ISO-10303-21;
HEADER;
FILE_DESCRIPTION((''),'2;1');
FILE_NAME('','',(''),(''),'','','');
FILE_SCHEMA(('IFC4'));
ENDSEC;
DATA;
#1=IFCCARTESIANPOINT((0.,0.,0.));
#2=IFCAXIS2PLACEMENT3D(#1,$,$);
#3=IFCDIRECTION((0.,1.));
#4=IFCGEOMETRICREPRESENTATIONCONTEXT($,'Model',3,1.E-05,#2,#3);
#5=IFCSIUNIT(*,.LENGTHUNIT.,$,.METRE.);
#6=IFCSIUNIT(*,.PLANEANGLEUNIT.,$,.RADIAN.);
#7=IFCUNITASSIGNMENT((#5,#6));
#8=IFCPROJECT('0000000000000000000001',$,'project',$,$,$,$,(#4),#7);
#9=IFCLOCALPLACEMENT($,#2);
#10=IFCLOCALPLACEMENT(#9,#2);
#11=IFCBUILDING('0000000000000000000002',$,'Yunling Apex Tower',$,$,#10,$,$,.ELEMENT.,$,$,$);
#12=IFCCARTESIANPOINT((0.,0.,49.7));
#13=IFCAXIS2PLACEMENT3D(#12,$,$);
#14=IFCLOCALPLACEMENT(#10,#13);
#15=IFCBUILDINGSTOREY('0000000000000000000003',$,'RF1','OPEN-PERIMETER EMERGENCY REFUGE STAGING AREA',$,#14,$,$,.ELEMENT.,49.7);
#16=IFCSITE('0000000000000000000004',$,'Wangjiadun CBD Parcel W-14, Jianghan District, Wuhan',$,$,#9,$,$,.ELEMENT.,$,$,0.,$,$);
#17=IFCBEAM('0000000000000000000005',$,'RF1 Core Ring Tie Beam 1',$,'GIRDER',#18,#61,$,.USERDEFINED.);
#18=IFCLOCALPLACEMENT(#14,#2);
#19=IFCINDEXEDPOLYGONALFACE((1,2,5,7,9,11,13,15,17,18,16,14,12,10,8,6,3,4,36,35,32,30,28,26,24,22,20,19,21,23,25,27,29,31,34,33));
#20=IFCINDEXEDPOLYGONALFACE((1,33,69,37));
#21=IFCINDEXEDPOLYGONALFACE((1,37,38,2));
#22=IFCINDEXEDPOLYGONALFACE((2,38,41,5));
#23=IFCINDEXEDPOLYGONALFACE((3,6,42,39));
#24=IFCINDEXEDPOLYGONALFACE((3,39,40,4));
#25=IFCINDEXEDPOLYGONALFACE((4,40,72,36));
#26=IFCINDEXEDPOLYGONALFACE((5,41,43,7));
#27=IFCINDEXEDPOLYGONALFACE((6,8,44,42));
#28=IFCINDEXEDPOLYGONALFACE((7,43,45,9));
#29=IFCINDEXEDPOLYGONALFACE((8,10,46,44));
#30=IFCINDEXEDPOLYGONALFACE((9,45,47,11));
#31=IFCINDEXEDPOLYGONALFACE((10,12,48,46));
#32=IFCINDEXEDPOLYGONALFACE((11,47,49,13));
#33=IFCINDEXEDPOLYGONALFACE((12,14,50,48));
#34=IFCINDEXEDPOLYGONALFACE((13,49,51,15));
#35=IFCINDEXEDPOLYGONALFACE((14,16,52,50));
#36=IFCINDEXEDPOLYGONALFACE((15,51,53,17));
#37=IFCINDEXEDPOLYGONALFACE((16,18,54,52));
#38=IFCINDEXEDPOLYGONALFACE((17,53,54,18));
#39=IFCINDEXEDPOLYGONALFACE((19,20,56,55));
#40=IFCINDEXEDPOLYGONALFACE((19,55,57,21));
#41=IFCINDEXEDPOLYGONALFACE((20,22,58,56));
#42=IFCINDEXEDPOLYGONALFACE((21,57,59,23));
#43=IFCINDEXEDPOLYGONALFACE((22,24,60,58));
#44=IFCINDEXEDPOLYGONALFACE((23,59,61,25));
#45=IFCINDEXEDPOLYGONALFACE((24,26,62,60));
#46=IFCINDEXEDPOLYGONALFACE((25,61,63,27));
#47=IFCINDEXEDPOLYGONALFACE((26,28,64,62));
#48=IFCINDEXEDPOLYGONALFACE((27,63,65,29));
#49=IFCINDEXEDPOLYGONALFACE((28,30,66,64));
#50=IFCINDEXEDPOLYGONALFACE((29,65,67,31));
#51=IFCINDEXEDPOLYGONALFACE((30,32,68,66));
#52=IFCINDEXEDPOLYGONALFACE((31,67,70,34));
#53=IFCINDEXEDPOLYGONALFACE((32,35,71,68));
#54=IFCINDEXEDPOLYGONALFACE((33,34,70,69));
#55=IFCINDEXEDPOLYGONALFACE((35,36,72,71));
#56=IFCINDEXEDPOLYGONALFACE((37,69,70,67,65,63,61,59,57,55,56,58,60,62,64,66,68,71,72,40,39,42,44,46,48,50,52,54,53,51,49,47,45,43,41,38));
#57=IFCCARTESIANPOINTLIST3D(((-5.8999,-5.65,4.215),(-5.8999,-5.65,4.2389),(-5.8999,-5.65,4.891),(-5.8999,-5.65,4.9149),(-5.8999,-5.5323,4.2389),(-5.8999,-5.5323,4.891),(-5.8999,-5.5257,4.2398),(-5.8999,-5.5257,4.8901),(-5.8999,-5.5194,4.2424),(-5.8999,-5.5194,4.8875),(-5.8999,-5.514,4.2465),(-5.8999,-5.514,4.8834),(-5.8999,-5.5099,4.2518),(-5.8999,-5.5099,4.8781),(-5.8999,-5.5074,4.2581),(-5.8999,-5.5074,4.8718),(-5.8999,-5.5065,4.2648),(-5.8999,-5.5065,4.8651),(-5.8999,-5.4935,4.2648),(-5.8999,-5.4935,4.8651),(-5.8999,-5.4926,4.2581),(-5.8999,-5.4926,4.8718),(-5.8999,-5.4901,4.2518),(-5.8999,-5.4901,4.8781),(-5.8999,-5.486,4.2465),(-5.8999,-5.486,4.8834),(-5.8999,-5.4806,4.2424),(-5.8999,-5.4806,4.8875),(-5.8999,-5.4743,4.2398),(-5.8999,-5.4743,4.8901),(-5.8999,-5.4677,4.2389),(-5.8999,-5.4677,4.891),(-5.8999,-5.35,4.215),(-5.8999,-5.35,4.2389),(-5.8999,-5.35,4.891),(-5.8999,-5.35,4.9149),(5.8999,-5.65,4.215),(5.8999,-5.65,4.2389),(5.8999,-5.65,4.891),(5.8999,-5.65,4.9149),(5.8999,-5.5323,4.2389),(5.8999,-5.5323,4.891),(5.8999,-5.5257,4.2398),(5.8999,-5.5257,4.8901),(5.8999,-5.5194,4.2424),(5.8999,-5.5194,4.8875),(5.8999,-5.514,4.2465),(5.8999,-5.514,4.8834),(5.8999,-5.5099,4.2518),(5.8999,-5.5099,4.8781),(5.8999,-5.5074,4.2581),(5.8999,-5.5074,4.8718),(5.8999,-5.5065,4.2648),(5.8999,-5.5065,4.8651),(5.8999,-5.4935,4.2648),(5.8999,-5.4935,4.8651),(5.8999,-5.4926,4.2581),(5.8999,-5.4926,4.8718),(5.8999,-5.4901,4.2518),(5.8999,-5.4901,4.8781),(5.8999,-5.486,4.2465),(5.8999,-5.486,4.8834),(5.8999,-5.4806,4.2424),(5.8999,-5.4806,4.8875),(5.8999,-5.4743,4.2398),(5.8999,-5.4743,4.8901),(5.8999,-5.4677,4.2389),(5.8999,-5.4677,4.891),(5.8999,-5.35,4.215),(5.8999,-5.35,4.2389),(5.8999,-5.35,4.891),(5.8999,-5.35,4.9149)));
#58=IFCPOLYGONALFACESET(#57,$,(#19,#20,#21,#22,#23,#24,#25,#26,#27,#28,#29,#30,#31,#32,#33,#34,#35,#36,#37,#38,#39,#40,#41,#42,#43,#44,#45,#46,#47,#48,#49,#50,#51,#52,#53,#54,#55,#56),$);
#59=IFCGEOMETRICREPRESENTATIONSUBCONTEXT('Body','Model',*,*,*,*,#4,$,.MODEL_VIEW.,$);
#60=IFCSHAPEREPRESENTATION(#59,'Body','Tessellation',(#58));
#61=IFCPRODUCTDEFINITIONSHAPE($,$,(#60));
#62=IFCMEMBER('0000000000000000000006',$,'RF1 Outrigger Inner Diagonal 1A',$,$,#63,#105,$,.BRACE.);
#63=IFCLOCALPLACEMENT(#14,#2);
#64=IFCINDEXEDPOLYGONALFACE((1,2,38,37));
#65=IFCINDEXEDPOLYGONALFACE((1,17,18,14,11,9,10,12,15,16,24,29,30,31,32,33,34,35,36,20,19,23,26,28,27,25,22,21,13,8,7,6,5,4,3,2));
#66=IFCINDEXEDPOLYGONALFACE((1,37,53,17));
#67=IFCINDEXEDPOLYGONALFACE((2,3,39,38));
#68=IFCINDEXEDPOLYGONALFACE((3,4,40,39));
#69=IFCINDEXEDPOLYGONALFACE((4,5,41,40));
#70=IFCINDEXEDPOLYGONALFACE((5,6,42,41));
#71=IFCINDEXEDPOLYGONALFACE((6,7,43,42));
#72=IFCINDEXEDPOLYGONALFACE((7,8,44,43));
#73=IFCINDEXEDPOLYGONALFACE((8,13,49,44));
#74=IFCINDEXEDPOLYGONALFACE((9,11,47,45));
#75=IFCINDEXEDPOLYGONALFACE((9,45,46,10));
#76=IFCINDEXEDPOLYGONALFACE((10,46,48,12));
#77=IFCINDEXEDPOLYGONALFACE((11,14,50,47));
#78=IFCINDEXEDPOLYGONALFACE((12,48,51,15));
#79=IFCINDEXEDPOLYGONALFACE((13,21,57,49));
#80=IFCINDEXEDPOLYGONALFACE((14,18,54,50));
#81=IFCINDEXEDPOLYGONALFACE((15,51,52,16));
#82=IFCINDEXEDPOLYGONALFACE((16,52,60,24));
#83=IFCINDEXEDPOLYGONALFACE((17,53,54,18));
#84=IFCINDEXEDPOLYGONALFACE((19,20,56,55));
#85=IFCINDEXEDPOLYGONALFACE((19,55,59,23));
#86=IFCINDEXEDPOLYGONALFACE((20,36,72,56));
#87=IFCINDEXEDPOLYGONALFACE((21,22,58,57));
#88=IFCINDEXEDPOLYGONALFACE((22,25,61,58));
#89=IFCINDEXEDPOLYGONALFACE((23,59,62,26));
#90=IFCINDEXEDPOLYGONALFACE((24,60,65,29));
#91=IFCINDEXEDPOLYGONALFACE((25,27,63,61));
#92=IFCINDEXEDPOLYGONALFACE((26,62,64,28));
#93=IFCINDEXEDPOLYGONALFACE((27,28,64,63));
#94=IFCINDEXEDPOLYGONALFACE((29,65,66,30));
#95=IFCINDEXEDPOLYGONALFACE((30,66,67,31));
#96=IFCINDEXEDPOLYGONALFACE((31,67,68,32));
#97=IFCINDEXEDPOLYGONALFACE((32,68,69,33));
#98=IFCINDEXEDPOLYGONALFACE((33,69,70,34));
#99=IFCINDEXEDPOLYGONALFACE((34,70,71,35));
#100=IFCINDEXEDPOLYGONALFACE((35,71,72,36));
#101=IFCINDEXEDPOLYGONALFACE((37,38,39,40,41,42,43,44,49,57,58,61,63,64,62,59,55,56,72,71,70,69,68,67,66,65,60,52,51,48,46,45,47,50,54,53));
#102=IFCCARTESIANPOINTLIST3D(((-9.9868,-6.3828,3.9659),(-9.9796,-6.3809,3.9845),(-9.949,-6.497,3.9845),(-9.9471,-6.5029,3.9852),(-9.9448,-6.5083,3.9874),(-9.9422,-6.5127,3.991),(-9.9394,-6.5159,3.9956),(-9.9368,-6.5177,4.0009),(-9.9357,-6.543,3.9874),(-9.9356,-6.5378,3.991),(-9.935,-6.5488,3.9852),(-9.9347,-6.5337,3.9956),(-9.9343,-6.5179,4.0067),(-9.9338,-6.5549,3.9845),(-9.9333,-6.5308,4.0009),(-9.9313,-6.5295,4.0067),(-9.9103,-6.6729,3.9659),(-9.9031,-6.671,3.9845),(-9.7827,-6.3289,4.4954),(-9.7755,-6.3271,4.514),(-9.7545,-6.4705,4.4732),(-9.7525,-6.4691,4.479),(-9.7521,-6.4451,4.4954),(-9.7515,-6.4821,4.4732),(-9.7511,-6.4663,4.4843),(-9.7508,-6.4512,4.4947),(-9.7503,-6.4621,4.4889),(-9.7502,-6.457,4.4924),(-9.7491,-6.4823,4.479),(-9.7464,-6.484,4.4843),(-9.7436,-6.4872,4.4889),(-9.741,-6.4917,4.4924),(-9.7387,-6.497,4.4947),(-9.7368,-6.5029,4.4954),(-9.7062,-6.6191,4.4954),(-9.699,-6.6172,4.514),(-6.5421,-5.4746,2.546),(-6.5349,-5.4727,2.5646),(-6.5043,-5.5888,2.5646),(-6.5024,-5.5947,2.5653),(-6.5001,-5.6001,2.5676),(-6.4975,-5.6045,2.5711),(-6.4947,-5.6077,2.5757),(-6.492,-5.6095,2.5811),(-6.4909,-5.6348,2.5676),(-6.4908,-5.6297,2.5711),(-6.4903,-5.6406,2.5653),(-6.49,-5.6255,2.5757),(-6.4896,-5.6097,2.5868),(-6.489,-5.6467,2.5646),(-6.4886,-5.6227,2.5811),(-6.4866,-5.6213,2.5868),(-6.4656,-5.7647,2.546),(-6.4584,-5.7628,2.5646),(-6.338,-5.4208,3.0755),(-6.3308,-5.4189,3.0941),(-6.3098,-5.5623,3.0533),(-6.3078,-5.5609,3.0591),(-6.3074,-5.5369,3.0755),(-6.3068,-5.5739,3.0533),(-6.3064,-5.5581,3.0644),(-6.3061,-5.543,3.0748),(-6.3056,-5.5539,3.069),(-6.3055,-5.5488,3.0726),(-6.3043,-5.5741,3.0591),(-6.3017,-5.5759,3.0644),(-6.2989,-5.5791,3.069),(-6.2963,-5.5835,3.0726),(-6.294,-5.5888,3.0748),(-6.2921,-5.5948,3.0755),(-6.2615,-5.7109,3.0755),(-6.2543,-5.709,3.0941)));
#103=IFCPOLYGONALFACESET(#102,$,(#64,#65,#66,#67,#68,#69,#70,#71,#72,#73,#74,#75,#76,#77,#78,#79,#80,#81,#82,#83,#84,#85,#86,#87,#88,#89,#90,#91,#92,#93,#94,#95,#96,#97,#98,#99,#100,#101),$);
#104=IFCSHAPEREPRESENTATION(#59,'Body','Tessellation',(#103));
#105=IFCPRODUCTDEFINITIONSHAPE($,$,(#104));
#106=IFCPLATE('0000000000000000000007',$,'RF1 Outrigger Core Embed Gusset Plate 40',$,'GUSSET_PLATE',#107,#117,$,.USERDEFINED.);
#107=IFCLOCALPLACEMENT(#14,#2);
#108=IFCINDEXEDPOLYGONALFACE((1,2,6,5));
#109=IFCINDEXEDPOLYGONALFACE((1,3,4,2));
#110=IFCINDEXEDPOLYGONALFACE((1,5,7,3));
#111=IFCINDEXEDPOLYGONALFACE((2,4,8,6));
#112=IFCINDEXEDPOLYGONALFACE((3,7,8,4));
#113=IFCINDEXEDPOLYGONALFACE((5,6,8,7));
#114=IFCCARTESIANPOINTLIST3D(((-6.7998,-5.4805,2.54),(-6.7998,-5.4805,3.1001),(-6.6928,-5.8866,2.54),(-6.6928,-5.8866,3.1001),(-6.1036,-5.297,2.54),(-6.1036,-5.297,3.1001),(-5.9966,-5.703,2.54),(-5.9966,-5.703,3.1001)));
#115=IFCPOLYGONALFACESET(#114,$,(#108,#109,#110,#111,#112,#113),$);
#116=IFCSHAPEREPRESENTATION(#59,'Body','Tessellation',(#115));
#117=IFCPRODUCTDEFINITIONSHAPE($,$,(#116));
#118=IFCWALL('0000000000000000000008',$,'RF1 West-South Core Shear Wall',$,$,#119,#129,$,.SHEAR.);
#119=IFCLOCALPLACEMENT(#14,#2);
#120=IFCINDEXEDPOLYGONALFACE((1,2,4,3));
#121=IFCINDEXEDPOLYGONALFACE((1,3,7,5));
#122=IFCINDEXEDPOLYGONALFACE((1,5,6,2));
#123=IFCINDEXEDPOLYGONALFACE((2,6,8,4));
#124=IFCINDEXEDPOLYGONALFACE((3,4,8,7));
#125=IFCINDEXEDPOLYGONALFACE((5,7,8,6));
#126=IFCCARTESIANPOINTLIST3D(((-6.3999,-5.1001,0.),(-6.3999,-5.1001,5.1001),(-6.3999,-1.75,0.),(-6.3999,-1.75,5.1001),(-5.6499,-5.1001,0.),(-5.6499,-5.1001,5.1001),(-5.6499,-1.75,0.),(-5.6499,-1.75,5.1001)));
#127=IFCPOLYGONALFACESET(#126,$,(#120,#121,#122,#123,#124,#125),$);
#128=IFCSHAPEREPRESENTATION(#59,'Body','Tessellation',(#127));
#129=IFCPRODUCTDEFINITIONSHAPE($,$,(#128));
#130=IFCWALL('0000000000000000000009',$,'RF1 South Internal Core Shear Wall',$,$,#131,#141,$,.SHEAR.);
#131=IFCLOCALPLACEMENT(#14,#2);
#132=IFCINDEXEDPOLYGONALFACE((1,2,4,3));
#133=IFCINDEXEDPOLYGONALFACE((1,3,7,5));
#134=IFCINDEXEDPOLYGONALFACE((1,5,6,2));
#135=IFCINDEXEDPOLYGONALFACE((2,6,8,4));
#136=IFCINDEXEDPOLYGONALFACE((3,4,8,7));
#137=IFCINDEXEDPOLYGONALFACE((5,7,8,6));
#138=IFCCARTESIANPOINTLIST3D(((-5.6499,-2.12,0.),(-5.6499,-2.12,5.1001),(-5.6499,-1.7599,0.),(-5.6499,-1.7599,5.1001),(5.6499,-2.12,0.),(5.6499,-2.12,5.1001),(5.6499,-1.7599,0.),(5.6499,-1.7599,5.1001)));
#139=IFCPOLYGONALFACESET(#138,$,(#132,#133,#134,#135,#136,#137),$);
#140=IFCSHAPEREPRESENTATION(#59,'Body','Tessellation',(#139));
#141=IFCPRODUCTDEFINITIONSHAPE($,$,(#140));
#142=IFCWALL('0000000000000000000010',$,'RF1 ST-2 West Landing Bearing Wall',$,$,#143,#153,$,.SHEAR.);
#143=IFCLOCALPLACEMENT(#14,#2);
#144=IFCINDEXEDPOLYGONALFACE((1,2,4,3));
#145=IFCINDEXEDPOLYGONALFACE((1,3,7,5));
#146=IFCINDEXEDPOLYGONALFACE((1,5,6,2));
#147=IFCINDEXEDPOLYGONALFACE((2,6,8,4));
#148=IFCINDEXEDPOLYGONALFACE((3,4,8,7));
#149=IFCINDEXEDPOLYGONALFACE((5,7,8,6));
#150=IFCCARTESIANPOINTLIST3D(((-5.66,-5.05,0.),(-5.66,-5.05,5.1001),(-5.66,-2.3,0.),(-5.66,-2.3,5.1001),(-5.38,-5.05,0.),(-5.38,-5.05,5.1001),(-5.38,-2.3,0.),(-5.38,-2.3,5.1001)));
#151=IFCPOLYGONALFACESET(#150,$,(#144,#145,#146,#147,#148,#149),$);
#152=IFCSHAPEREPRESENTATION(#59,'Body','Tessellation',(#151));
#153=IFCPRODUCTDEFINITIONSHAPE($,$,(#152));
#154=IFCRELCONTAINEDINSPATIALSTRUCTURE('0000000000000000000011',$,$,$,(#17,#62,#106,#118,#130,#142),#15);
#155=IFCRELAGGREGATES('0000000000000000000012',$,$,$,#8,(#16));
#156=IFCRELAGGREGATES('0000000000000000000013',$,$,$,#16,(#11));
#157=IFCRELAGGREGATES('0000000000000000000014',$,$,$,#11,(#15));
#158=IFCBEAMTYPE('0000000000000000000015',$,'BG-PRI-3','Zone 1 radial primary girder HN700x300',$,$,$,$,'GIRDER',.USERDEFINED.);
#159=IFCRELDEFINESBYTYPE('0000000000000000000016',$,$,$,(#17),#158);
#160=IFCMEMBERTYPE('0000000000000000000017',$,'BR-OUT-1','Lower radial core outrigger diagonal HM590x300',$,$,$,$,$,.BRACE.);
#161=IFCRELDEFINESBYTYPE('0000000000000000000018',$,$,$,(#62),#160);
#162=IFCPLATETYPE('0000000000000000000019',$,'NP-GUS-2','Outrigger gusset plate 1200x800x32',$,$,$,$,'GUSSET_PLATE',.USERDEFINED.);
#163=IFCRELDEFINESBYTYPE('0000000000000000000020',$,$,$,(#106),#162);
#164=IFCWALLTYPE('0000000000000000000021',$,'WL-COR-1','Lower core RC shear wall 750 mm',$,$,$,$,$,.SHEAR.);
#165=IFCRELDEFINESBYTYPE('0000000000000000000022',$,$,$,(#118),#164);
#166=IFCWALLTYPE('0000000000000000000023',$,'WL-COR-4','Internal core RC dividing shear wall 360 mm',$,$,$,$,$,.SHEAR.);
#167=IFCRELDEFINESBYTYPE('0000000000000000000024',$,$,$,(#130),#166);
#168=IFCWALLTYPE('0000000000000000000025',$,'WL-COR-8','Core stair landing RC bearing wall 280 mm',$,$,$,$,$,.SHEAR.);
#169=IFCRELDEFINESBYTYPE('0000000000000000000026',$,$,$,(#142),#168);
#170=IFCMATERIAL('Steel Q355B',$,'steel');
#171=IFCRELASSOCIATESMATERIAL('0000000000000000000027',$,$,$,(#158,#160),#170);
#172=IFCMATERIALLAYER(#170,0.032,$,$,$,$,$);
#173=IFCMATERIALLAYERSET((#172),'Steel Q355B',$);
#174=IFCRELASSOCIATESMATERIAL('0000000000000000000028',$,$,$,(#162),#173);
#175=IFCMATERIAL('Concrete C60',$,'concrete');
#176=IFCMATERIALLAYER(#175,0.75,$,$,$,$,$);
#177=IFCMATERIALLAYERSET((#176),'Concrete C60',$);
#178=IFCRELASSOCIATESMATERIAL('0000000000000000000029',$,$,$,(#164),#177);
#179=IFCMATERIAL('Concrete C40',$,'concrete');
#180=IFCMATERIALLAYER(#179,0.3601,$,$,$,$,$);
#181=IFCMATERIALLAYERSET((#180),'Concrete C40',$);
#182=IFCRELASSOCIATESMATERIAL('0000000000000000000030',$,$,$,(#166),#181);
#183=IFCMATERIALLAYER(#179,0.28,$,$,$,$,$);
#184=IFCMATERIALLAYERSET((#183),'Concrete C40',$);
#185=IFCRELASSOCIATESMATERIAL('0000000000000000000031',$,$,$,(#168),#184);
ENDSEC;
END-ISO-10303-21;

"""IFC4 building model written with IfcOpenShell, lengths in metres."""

from ifc_helpers import new_model, si_unit, direction, frame, frame_2d, origin, origin_2d, place, context, subcontext, project, spatial, rectangle, i_section, extrude, source, transform, mapped, material, layer, layer_set, material_profile, profile_set, type_object, element, save


model = new_model("IFC4")

# Units and contexts
model_context = context("Model", 3, precision=1e-05, world=origin(), true_north=direction((0.0, 1.0)))
body_context = subcontext(model_context, "Body", "Model", "MODEL_VIEW")
ifc_project = project(units=[si_unit("LENGTHUNIT", "METRE"), si_unit("PLANEANGLEUNIT", "RADIAN")], contexts=[model_context])

# Site, building, storey
site_placement = place(None, origin())
site = spatial("IfcSite", under=ifc_project, at=site_placement, Name="Wangjiadun CBD Parcel W-14, Jianghan District, Wuhan", CompositionType="ELEMENT", RefElevation=0.0)
building_placement = place(site_placement, origin())
building = spatial("IfcBuilding", under=site, at=building_placement, Name="Yunling Apex Tower", CompositionType="ELEMENT")
storey_placement = place(building_placement, frame((0.0, 0.0, 49.7)))
storey = spatial("IfcBuildingStorey", under=building, at=storey_placement, Name="RF1", Description="OPEN-PERIMETER EMERGENCY REFUGE STAGING AREA", CompositionType="ELEMENT", Elevation=49.7)

# Shared definitions
ifc_material_1 = material(Name="Concrete C60", Category="concrete")

# Beam
ifc_material_2 = material(Name="Steel Q355B", Category="steel")
ifc_material_profile_1 = material_profile(ifc_material_2, i_section(OverallWidth=0.3, OverallDepth=0.7, WebThickness=0.0129, FlangeThickness=0.0239, FilletRadius=0.0259, at=origin_2d()))
ifc_profile_set_1 = profile_set([ifc_material_profile_1], Name="Steel Q355B")
beam_type_1 = type_object("IfcBeamType", Name="BG-PRI-3", Description="Zone 1 radial primary girder HN700x300", ElementType="GIRDER", PredefinedType="USERDEFINED", material=ifc_profile_set_1)
shared_shape_1 = source(origin(), body_context, "Body", "SweptSolid", [
    extrude(i_section(OverallWidth=0.3, OverallDepth=0.7, WebThickness=0.0129, FlangeThickness=0.0239, FilletRadius=0.0259, at=origin_2d()), origin(), (0.0, 0.0, 1.0), 11.7998),
])
beam_1_placement = place(storey_placement, frame((-5.8999, -5.5, 4.5649), z_axis=(1.0, 0.0, 0.0), x_axis=(0.0, 1.0, 0.0)))
element("IfcBeam", 1, at=beam_1_placement, inside=storey, type_object=beam_type_1, Name="RF1 Core Ring Tie Beam 1", ObjectType="GIRDER", PredefinedType="USERDEFINED", context=body_context, shape_type="MappedRepresentation", body=[
    mapped(shared_shape_1, transform((0.0, 0.0, 0.0), scale=1.0)),
])

# Member
ifc_material_profile_2 = material_profile(ifc_material_2, i_section(OverallWidth=0.3, OverallDepth=0.5901, WebThickness=0.012, FlangeThickness=0.02, FilletRadius=0.0239, at=origin_2d()))
ifc_profile_set_2 = profile_set([ifc_material_profile_2], Name="Steel Q355B")
member_type = type_object("IfcMemberType", Name="BR-OUT-1", Description="Lower radial core outrigger diagonal HM590x300", PredefinedType="BRACE", material=ifc_profile_set_2)
shared_shape_2 = source(origin(), body_context, "Body", "SweptSolid", [
    extrude(i_section(OverallWidth=0.3, OverallDepth=0.5901, WebThickness=0.012, FlangeThickness=0.02, FilletRadius=0.0239, at=origin_2d()), origin(), (0.0, 0.0, 1.0), 3.835),
])
member_placement = place(storey_placement, frame((-6.3982, -5.5918, 2.8201), z_axis=(-0.898241, -0.236815, 0.370246), x_axis=(0.254932, -0.966959, 0.0)))
element("IfcMember", 2, at=member_placement, inside=storey, type_object=member_type, Name="RF1 Outrigger Inner Diagonal 1A", PredefinedType="BRACE", context=body_context, shape_type="MappedRepresentation", body=[
    mapped(shared_shape_2, transform((0.0, 0.0, 0.0), scale=1.0)),
])

# Plate
ifc_layer_1 = layer(ifc_material_2, 0.032)
ifc_layer_set_1 = layer_set([ifc_layer_1], Name="Steel Q355B")
plate_type = type_object("IfcPlateType", Name="NP-GUS-2", Description="Outrigger gusset plate 1200x800x32", ElementType="GUSSET_PLATE", PredefinedType="USERDEFINED", material=ifc_layer_set_1)
shared_shape_3 = source(origin(), body_context, "Body", "SweptSolid", [
    extrude(rectangle(XDim=0.72, YDim=0.4199, at=origin_2d()), origin(), (0.0, 0.0, 1.0), 0.5601),
])
plate_placement = place(storey_placement, frame((-6.3982, -5.5918, 2.54), z_axis=(0.0, 0.0, 1.0), x_axis=(-0.966957, -0.254939, 0.0)))
element("IfcPlate", 3, at=plate_placement, inside=storey, type_object=plate_type, Name="RF1 Outrigger Core Embed Gusset Plate 40", ObjectType="GUSSET_PLATE", PredefinedType="USERDEFINED", context=body_context, shape_type="MappedRepresentation", body=[
    mapped(shared_shape_3, transform((0.0, 0.0, 0.0), scale=1.0)),
])

# Walls
ifc_layer_2 = layer(ifc_material_1, 0.75)
ifc_layer_set_2 = layer_set([ifc_layer_2], Name="Concrete C60")
wall_type_1 = type_object("IfcWallType", Name="WL-COR-1", Description="Lower core RC shear wall 750 mm", PredefinedType="SHEAR", material=ifc_layer_set_2)
wall_1_placement = place(storey_placement, frame((-6.0249, -5.1001, 0.0), z_axis=(0.0, 0.0, 1.0), x_axis=(0.0, 1.0, 0.0)))
element("IfcWall", 4, at=wall_1_placement, inside=storey, type_object=wall_type_1, Name="RF1 West-South Core Shear Wall", PredefinedType="SHEAR", context=body_context, shape_type="SweptSolid", body=[
    extrude(rectangle(XDim=3.3501, YDim=0.75, at=frame_2d((1.675, 0.0))), origin(), (0.0, 0.0, 1.0), 5.1001),
])
ifc_material_3 = material(Name="Concrete C40", Category="concrete")
ifc_layer_3 = layer(ifc_material_3, 0.3601)
ifc_layer_set_3 = layer_set([ifc_layer_3], Name="Concrete C40")
wall_type_2 = type_object("IfcWallType", Name="WL-COR-4", Description="Internal core RC dividing shear wall 360 mm", PredefinedType="SHEAR", material=ifc_layer_set_3)
wall_2_placement = place(storey_placement, frame((-5.6499, -1.9399, 0.0), z_axis=(0.0, 0.0, 1.0), x_axis=(1.0, 0.0, 0.0)))
element("IfcWall", 5, at=wall_2_placement, inside=storey, type_object=wall_type_2, Name="RF1 South Internal Core Shear Wall", PredefinedType="SHEAR", context=body_context, shape_type="SweptSolid", body=[
    extrude(rectangle(XDim=11.2998, YDim=0.3601, at=frame_2d((5.6499, 0.0))), origin(), (0.0, 0.0, 1.0), 5.1001),
])
ifc_layer_4 = layer(ifc_material_3, 0.28)
ifc_layer_set_4 = layer_set([ifc_layer_4], Name="Concrete C40")
wall_type_3 = type_object("IfcWallType", Name="WL-COR-8", Description="Core stair landing RC bearing wall 280 mm", PredefinedType="SHEAR", material=ifc_layer_set_4)
wall_3_placement = place(storey_placement, frame((-5.52, -5.05, 0.0), z_axis=(0.0, 0.0, 1.0), x_axis=(0.0, 1.0, 0.0)))
element("IfcWall", 6, at=wall_3_placement, inside=storey, type_object=wall_type_3, Name="RF1 ST-2 West Landing Bearing Wall", PredefinedType="SHEAR", context=body_context, shape_type="SweptSolid", body=[
    extrude(rectangle(XDim=2.75, YDim=0.28, at=frame_2d((1.375, 0.0))), origin(), (0.0, 0.0, 1.0), 5.1001),
])

save(model, "model.ifc")
